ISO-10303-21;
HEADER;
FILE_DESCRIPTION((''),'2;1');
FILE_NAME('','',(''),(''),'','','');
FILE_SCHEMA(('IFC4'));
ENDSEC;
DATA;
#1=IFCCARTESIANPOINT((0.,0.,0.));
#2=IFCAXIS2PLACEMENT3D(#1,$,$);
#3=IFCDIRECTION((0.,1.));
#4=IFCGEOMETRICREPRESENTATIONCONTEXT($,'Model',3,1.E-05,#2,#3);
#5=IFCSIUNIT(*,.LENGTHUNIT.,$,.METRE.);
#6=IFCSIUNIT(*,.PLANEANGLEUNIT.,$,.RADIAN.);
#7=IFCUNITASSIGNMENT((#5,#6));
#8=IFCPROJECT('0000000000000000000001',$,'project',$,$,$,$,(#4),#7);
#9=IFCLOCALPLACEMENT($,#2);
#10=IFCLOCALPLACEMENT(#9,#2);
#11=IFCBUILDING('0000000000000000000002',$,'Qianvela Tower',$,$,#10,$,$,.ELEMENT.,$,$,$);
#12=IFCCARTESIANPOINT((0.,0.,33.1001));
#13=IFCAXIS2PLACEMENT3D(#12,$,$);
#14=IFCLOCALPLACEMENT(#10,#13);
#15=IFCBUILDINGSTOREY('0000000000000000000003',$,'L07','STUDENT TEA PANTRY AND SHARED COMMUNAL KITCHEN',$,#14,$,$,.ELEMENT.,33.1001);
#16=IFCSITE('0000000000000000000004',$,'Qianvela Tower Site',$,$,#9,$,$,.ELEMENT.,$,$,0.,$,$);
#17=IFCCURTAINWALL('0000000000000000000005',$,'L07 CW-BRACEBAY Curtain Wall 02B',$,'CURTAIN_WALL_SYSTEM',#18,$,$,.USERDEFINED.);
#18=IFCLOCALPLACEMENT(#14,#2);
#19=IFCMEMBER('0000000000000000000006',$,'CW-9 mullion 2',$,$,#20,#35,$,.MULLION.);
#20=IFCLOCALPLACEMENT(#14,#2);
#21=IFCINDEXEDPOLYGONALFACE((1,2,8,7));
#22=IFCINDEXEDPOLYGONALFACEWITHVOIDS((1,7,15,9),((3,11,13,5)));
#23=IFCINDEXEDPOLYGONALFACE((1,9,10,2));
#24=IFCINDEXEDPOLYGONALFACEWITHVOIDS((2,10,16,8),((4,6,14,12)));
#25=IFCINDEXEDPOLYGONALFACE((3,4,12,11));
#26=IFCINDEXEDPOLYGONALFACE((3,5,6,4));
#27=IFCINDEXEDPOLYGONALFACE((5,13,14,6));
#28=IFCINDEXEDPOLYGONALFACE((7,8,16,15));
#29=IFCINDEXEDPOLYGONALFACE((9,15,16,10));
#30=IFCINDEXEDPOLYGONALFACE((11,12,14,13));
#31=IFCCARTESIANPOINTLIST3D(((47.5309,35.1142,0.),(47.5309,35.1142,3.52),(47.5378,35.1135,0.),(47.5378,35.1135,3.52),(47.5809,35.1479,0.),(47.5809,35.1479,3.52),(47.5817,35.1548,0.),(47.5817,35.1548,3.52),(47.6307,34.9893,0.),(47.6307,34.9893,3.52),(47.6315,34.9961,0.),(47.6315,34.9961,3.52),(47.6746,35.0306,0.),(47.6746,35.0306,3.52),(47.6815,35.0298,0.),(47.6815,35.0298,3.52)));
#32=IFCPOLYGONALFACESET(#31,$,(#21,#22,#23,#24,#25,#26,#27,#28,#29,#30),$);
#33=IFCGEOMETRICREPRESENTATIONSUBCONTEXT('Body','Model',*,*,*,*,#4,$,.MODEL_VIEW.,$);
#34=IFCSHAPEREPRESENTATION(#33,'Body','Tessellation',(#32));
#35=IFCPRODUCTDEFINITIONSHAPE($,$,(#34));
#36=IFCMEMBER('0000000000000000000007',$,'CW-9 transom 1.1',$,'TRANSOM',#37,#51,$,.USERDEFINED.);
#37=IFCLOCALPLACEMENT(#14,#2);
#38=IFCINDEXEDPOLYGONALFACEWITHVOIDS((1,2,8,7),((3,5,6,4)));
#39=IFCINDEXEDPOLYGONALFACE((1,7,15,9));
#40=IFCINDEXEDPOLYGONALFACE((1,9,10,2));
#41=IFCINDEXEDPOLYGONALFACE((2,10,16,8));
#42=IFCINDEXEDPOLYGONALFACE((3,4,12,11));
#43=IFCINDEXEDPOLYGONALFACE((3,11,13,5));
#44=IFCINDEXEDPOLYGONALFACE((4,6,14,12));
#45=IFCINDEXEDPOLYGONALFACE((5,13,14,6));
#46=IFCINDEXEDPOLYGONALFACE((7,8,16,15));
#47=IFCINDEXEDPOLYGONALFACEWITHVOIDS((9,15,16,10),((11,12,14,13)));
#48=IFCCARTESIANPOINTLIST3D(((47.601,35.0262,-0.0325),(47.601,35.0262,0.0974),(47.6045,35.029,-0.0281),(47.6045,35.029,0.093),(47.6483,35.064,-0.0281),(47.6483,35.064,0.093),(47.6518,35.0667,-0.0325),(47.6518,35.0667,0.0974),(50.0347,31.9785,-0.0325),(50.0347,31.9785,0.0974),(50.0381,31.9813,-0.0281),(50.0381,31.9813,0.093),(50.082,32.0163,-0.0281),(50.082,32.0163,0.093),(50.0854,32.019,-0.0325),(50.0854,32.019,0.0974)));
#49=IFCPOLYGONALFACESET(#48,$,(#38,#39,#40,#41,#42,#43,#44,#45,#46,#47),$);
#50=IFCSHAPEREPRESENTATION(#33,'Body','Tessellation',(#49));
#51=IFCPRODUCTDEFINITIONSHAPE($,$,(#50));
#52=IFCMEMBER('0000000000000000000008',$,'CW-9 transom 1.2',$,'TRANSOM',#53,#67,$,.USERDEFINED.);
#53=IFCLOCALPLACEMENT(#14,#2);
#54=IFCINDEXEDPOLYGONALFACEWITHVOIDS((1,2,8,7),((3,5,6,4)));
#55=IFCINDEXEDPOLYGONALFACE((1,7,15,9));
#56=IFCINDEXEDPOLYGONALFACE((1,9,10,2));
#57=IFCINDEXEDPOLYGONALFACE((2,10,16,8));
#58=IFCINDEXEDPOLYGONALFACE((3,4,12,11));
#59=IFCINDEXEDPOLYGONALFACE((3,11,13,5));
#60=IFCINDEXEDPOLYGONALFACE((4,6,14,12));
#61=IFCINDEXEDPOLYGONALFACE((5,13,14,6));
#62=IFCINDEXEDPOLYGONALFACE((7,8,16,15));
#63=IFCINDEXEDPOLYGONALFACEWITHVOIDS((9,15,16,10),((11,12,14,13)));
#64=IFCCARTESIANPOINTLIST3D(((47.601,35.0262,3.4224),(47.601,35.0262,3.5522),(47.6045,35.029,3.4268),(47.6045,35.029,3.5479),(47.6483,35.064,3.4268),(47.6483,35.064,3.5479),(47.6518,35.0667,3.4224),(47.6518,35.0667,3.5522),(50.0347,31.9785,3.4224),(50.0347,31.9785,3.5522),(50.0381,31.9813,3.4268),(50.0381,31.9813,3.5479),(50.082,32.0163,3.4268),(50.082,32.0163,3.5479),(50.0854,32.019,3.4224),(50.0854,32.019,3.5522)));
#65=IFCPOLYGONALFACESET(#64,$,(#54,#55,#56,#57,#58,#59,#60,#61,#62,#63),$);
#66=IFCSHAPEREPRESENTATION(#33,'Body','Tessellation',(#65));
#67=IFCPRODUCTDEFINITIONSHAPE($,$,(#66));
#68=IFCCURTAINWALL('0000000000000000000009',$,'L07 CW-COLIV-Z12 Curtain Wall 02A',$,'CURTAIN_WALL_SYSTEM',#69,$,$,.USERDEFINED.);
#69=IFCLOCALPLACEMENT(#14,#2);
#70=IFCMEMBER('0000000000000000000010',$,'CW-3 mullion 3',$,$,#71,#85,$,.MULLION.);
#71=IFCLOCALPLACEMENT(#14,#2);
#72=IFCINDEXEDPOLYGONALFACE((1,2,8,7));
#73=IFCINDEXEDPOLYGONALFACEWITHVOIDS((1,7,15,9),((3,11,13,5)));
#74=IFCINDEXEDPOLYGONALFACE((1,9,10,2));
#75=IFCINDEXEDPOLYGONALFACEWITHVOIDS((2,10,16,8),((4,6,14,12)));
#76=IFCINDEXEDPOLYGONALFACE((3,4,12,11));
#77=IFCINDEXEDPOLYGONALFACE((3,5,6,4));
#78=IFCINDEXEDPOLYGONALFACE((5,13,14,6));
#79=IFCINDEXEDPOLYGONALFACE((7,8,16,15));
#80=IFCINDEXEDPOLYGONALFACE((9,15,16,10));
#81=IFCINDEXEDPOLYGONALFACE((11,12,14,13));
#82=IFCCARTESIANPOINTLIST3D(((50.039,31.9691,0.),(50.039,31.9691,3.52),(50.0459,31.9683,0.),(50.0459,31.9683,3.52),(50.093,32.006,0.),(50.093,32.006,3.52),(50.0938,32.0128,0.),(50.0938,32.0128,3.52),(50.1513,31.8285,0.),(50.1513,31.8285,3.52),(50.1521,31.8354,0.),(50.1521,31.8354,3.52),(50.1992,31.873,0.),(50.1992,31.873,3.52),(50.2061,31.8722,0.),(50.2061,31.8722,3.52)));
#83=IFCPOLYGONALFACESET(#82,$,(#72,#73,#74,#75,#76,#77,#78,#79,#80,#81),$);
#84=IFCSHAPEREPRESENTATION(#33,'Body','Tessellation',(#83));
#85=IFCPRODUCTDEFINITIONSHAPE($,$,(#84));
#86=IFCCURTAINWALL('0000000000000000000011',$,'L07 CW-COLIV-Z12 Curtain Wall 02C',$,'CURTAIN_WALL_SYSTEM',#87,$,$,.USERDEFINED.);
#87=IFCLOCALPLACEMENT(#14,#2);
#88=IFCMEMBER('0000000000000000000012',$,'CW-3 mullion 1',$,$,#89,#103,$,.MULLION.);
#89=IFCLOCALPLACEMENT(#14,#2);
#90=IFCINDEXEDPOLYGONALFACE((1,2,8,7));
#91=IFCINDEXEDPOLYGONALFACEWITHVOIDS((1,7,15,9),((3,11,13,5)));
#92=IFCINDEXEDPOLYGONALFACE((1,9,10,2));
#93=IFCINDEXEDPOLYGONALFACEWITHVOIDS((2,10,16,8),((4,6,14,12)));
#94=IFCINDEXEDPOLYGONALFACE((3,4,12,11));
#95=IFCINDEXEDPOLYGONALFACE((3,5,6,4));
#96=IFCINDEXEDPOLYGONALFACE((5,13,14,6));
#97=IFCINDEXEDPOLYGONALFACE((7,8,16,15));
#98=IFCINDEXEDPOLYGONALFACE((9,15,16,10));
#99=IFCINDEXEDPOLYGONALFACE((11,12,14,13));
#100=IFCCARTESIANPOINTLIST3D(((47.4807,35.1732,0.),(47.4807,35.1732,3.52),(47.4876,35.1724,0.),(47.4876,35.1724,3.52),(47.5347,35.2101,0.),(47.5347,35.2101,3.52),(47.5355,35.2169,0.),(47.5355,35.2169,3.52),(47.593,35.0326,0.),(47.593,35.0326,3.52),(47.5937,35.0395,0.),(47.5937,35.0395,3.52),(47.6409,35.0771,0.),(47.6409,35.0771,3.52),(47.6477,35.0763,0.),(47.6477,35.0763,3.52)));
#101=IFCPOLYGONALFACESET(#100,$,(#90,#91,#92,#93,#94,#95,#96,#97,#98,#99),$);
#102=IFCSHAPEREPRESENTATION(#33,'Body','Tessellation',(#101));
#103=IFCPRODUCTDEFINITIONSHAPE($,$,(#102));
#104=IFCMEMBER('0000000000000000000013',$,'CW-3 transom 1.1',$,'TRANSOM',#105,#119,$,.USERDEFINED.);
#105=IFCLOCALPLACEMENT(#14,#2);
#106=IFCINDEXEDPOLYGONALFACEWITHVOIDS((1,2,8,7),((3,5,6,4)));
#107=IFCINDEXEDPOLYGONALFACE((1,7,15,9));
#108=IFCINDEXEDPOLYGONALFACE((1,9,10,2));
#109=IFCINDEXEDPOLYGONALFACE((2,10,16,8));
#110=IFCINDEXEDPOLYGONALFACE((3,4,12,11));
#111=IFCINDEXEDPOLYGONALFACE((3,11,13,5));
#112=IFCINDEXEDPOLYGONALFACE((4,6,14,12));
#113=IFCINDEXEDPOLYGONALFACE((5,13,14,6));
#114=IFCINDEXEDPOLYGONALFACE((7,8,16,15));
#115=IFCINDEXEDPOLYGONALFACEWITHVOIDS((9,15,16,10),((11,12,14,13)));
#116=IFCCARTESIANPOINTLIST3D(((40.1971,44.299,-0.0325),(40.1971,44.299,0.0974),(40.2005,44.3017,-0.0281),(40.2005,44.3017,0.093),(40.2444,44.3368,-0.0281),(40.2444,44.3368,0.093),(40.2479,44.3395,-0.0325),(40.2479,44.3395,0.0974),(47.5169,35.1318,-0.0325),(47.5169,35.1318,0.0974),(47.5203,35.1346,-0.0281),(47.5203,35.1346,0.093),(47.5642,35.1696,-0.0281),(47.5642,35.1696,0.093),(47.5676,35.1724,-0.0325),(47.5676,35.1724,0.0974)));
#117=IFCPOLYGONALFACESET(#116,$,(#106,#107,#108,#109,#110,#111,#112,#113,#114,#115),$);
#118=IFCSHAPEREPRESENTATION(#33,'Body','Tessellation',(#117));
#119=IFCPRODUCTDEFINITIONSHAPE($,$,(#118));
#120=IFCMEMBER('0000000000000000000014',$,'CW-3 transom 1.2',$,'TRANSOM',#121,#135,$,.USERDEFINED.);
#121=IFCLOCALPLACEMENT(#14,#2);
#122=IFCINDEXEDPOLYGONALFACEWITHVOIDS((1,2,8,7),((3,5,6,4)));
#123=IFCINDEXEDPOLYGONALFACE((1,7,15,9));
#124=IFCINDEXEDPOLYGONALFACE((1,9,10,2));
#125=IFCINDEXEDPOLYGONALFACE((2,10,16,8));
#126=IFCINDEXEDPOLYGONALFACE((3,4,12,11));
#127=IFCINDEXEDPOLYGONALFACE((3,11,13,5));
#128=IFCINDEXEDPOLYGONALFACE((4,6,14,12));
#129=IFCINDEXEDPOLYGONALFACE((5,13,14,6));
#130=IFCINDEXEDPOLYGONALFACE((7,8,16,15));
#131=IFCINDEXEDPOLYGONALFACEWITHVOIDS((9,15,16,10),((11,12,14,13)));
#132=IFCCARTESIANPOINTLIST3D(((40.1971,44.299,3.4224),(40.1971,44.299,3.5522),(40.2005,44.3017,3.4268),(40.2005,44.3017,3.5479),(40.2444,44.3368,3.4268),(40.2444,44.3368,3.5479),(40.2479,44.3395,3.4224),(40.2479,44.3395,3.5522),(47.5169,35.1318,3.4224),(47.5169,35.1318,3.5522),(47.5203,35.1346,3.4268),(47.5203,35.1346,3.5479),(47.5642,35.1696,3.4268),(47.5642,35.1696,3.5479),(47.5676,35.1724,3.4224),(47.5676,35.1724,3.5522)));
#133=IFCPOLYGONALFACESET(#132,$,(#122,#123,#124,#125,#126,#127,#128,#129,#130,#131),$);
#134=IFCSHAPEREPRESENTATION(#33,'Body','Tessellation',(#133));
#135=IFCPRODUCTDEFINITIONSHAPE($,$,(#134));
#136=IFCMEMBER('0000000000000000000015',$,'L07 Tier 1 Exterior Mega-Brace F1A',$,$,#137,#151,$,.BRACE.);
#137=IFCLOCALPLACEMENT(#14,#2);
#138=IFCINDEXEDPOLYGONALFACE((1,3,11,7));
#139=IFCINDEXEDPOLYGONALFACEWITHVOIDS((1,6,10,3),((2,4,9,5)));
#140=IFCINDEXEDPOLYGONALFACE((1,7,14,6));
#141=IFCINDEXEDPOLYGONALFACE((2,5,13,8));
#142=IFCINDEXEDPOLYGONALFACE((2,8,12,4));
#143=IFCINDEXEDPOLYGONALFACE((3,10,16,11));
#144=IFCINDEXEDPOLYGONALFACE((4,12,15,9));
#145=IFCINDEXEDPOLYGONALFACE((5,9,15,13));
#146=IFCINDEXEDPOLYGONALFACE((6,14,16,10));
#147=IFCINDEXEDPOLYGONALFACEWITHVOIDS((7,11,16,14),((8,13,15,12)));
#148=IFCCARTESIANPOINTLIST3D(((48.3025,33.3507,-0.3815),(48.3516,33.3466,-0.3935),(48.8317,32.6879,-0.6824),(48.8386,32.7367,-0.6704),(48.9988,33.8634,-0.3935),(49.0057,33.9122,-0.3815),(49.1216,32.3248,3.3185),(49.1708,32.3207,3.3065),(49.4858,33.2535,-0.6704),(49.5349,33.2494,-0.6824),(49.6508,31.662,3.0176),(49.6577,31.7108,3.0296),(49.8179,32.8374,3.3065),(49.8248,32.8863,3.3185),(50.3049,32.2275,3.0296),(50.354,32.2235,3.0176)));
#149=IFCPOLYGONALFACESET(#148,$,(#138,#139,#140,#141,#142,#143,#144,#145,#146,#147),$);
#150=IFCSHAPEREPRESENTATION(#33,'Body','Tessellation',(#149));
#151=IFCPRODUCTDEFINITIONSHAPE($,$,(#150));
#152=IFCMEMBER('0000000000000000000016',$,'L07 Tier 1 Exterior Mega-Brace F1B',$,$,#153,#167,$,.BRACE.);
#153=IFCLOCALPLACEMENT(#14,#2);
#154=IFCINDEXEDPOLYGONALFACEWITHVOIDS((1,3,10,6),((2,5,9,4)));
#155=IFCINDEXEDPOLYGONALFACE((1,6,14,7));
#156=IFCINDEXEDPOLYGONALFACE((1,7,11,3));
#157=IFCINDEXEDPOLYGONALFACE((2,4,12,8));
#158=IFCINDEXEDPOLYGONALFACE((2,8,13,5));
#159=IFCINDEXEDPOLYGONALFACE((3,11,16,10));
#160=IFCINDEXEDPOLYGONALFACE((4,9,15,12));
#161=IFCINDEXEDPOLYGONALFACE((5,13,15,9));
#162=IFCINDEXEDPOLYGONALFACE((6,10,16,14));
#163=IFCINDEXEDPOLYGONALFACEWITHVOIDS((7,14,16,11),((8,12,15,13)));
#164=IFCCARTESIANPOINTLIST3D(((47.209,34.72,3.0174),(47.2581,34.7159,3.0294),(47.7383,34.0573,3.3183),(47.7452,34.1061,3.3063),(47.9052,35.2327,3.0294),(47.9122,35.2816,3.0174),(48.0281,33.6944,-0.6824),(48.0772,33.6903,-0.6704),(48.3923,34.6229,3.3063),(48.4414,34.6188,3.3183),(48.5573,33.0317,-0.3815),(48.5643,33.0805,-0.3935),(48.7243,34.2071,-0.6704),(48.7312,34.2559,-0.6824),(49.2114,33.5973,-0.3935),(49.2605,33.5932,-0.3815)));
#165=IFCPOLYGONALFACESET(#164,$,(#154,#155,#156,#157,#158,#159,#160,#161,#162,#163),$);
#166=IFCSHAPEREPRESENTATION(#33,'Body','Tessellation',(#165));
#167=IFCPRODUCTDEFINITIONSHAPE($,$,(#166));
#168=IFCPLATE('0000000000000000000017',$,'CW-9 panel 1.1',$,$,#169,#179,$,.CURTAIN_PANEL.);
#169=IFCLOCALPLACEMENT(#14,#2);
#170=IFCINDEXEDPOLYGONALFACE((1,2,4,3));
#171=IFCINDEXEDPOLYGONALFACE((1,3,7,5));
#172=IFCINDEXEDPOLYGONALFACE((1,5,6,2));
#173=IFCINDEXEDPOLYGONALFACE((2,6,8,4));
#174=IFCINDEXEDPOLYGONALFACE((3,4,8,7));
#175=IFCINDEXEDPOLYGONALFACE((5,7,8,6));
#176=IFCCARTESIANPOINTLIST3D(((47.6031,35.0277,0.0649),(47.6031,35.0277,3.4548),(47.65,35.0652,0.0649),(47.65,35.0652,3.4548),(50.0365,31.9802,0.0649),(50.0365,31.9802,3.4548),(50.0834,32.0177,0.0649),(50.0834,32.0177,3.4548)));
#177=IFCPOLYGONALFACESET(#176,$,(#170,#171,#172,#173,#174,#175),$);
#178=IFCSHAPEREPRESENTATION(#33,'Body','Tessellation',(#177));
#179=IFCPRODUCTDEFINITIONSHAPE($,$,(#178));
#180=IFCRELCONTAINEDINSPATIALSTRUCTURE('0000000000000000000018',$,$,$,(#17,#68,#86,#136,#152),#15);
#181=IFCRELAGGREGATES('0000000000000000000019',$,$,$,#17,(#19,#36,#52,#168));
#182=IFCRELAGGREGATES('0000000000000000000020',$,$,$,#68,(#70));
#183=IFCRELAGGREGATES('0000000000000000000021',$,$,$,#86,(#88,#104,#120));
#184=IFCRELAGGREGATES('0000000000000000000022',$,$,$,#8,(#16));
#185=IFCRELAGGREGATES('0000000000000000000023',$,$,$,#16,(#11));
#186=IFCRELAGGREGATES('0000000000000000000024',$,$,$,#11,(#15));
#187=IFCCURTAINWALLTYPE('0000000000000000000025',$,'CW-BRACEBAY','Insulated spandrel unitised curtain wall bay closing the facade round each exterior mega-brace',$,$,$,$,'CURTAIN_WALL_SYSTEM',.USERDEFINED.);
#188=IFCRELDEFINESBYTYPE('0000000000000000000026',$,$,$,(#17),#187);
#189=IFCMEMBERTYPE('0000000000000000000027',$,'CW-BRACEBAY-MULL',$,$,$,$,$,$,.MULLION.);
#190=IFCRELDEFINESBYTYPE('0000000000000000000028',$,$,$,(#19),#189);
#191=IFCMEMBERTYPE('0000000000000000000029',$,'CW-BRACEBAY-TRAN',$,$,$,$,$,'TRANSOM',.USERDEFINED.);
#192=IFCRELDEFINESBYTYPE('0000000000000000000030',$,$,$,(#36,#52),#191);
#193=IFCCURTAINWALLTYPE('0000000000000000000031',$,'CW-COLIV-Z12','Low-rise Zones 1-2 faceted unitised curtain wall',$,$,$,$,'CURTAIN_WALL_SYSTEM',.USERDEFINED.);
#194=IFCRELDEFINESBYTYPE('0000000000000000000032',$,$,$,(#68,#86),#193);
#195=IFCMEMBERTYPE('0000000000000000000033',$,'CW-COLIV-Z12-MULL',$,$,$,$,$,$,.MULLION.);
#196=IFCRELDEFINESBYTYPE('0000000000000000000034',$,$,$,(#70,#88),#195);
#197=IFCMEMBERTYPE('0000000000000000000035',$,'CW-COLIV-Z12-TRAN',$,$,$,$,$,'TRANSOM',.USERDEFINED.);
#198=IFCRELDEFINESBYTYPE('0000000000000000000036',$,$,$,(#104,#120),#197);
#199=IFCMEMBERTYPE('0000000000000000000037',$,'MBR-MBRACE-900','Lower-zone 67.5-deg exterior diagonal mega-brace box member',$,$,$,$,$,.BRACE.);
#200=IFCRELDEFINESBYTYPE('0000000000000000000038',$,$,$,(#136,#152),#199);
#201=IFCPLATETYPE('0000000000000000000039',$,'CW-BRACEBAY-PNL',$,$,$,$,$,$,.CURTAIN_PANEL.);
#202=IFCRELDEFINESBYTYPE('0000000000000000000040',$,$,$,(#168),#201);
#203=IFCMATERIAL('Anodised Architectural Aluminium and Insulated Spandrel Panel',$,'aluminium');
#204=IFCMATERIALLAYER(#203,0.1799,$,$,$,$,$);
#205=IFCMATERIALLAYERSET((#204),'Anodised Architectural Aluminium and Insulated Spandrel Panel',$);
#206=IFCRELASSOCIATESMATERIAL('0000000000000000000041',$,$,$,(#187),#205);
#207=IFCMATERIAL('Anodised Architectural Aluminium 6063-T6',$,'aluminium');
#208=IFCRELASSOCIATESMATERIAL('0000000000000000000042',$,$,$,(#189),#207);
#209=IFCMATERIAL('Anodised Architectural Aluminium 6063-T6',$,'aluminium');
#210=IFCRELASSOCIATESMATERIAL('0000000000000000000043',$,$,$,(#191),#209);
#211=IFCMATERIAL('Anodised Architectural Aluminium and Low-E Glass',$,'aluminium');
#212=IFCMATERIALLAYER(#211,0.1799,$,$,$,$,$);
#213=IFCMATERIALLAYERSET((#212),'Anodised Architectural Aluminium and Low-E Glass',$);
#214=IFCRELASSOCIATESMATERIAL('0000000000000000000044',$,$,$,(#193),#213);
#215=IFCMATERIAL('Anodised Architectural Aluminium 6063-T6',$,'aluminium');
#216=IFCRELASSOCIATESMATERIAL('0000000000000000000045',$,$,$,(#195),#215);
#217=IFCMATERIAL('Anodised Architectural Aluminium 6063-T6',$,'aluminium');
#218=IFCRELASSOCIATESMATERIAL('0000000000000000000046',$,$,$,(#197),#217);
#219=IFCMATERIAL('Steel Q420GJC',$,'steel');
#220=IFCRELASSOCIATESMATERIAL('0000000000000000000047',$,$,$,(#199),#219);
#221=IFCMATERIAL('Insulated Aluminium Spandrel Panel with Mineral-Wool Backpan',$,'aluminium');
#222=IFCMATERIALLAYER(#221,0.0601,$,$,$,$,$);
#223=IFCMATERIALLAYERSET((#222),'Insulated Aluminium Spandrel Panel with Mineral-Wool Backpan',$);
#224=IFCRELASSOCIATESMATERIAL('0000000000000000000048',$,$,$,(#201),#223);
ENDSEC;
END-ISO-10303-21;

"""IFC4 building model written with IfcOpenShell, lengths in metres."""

from ifc_helpers import new_model, si_unit, direction, frame, origin, origin_2d, place, context, subcontext, project, spatial, rectangle, hollow_rectangle, extrude, material, layer, layer_set, material_profile, profile_set, type_object, element, aggregate, save


model = new_model("IFC4")

# Units and contexts
model_context = context("Model", 3, precision=1e-05, world=origin(), true_north=direction((0.0, 1.0)))
body_context = subcontext(model_context, "Body", "Model", "MODEL_VIEW")
ifc_project = project(units=[si_unit("LENGTHUNIT", "METRE"), si_unit("PLANEANGLEUNIT", "RADIAN")], contexts=[model_context])

# Site, building, storey
site_placement = place(None, origin())
site = spatial("IfcSite", under=ifc_project, at=site_placement, Name="Qianvela Tower Site", CompositionType="ELEMENT", RefElevation=0.0)
building_placement = place(site_placement, origin())
building = spatial("IfcBuilding", under=site, at=building_placement, Name="Qianvela Tower", CompositionType="ELEMENT")
storey_placement = place(building_placement, frame((0.0, 0.0, 33.1001)))
storey = spatial("IfcBuildingStorey", under=building, at=storey_placement, Name="L07", Description="STUDENT TEA PANTRY AND SHARED COMMUNAL KITCHEN", CompositionType="ELEMENT", Elevation=33.1001)

# Curtain wall, members
ifc_material_1 = material(Name="Anodised Architectural Aluminium and Insulated Spandrel Panel", Category="aluminium")
ifc_layer_1 = layer(ifc_material_1, 0.1799)
ifc_layer_set_1 = layer_set([ifc_layer_1], Name="Anodised Architectural Aluminium and Insulated Spandrel Panel")
curtain_wall_type_1 = type_object("IfcCurtainWallType", Name="CW-BRACEBAY", Description="Insulated spandrel unitised curtain wall bay closing the facade round each exterior mega-brace", ElementType="CURTAIN_WALL_SYSTEM", PredefinedType="USERDEFINED", material=ifc_layer_set_1)
curtain_wall_1_placement = place(storey_placement, origin())
curtain_wall_1 = element("IfcCurtainWall", 1, at=curtain_wall_1_placement, inside=storey, type_object=curtain_wall_type_1, Name="L07 CW-BRACEBAY Curtain Wall 02B", ObjectType="CURTAIN_WALL_SYSTEM", PredefinedType="USERDEFINED")
ifc_material_2 = material(Name="Anodised Architectural Aluminium 6063-T6", Category="aluminium")
ifc_material_profile_1 = material_profile(ifc_material_2, hollow_rectangle(XDim=0.0649, YDim=0.1599, WallThickness=0.0049, at=origin_2d()), Name="ALU-MULL-65x160")
ifc_profile_set_1 = profile_set([ifc_material_profile_1], Name="Anodised Architectural Aluminium 6063-T6")
member_type_1 = type_object("IfcMemberType", Name="CW-BRACEBAY-MULL", PredefinedType="MULLION", material=ifc_profile_set_1)
member_1_placement = place(storey_placement, frame((47.6062, 35.072, 0.0), z_axis=(0.0, 0.0, 1.0), x_axis=(-0.781445, -0.623975, 0.0)))
member_1 = element("IfcMember", 2, at=member_1_placement, type_object=member_type_1, Name="CW-9 mullion 2", PredefinedType="MULLION", context=body_context, shape_type="SweptSolid", body=[
    extrude(hollow_rectangle(XDim=0.0649, YDim=0.1599, WallThickness=0.0049, at=origin_2d()), origin(), (0.0, 0.0, 1.0), 3.52),
])
ifc_material_3 = material(Name="Anodised Architectural Aluminium 6063-T6", Category="aluminium")
ifc_material_profile_2 = material_profile(ifc_material_3, hollow_rectangle(XDim=0.0649, YDim=0.1299, WallThickness=0.0044, at=origin_2d()), Name="ALU-TRAN-65x130")
ifc_profile_set_2 = profile_set([ifc_material_profile_2], Name="Anodised Architectural Aluminium 6063-T6")
member_type_2 = type_object("IfcMemberType", Name="CW-BRACEBAY-TRAN", ElementType="TRANSOM", PredefinedType="USERDEFINED", material=ifc_profile_set_2)
member_2_placement = place(storey_placement, frame((50.0601, 31.9988, 0.0325), z_axis=(-0.623992, 0.78143, 0.0), x_axis=(-0.78143, -0.623992, 0.0)))
member_2 = element("IfcMember", 3, at=member_2_placement, type_object=member_type_2, Name="CW-9 transom 1.1", ObjectType="TRANSOM", PredefinedType="USERDEFINED", context=body_context, shape_type="SweptSolid", body=[
    extrude(hollow_rectangle(XDim=0.0649, YDim=0.1299, WallThickness=0.0044, at=origin_2d()), origin(), (0.0, 0.0, 1.0), 3.9001),
])
member_3_placement = place(storey_placement, frame((50.0601, 31.9988, 3.4873), z_axis=(-0.623992, 0.78143, 0.0), x_axis=(-0.78143, -0.623992, 0.0)))
member_3 = element("IfcMember", 4, at=member_3_placement, type_object=member_type_2, Name="CW-9 transom 1.2", ObjectType="TRANSOM", PredefinedType="USERDEFINED", context=body_context, shape_type="SweptSolid", body=[
    extrude(hollow_rectangle(XDim=0.0649, YDim=0.1299, WallThickness=0.0044, at=origin_2d()), origin(), (0.0, 0.0, 1.0), 3.9001),
])

# Curtain wall, member
ifc_material_4 = material(Name="Anodised Architectural Aluminium and Low-E Glass", Category="aluminium")
ifc_layer_2 = layer(ifc_material_4, 0.1799)
ifc_layer_set_2 = layer_set([ifc_layer_2], Name="Anodised Architectural Aluminium and Low-E Glass")
curtain_wall_type_2 = type_object("IfcCurtainWallType", Name="CW-COLIV-Z12", Description="Low-rise Zones 1-2 faceted unitised curtain wall", ElementType="CURTAIN_WALL_SYSTEM", PredefinedType="USERDEFINED", material=ifc_layer_set_2)
curtain_wall_2_placement = place(storey_placement, origin())
curtain_wall_2 = element("IfcCurtainWall", 5, at=curtain_wall_2_placement, inside=storey, type_object=curtain_wall_type_2, Name="L07 CW-COLIV-Z12 Curtain Wall 02A", ObjectType="CURTAIN_WALL_SYSTEM", PredefinedType="USERDEFINED")
ifc_material_5 = material(Name="Anodised Architectural Aluminium 6063-T6", Category="aluminium")
ifc_material_profile_3 = material_profile(ifc_material_5, hollow_rectangle(XDim=0.0701, YDim=0.1799, WallThickness=0.0049, at=origin_2d()), Name="ALU-MULL-70x180")
ifc_profile_set_3 = profile_set([ifc_material_profile_3], Name="Anodised Architectural Aluminium 6063-T6")
member_type_3 = type_object("IfcMemberType", Name="CW-COLIV-Z12-MULL", PredefinedType="MULLION", material=ifc_profile_set_3)
member_4_placement = place(storey_placement, frame((50.1226, 31.9207, 0.0), z_axis=(0.0, 0.0, 1.0), x_axis=(-0.781442, -0.623978, 0.0)))
member_4 = element("IfcMember", 6, at=member_4_placement, type_object=member_type_3, Name="CW-3 mullion 3", PredefinedType="MULLION", context=body_context, shape_type="SweptSolid", body=[
    extrude(hollow_rectangle(XDim=0.0701, YDim=0.1799, WallThickness=0.0049, at=origin_2d()), origin(), (0.0, 0.0, 1.0), 3.52),
])

# Curtain wall, members
curtain_wall_3_placement = place(storey_placement, origin())
curtain_wall_3 = element("IfcCurtainWall", 7, at=curtain_wall_3_placement, inside=storey, type_object=curtain_wall_type_2, Name="L07 CW-COLIV-Z12 Curtain Wall 02C", ObjectType="CURTAIN_WALL_SYSTEM", PredefinedType="USERDEFINED")
member_5_placement = place(storey_placement, frame((47.5642, 35.1248, 0.0), z_axis=(0.0, 0.0, 1.0), x_axis=(-0.781446, -0.623973, 0.0)))
member_5 = element("IfcMember", 8, at=member_5_placement, type_object=member_type_3, Name="CW-3 mullion 1", PredefinedType="MULLION", context=body_context, shape_type="SweptSolid", body=[
    extrude(hollow_rectangle(XDim=0.0701, YDim=0.1799, WallThickness=0.0049, at=origin_2d()), origin(), (0.0, 0.0, 1.0), 3.52),
])
ifc_material_6 = material(Name="Anodised Architectural Aluminium 6063-T6", Category="aluminium")
ifc_material_profile_4 = material_profile(ifc_material_6, hollow_rectangle(XDim=0.0649, YDim=0.1299, WallThickness=0.0044, at=origin_2d()), Name="ALU-TRAN-65x130")
ifc_profile_set_4 = profile_set([ifc_material_profile_4], Name="Anodised Architectural Aluminium 6063-T6")
member_type_4 = type_object("IfcMemberType", Name="CW-COLIV-Z12-TRAN", ElementType="TRANSOM", PredefinedType="USERDEFINED", material=ifc_profile_set_4)
member_6_placement = place(storey_placement, frame((47.5422, 35.1521, 0.0325), z_axis=(-0.623969, 0.781449, 0.0), x_axis=(-0.781449, -0.623969, 0.0)))
member_6 = element("IfcMember", 9, at=member_6_placement, type_object=member_type_4, Name="CW-3 transom 1.1", ObjectType="TRANSOM", PredefinedType="USERDEFINED", context=body_context, shape_type="SweptSolid", body=[
    extrude(hollow_rectangle(XDim=0.0649, YDim=0.1299, WallThickness=0.0044, at=origin_2d()), origin(), (0.0, 0.0, 1.0), 11.731),
])
member_7_placement = place(storey_placement, frame((47.5422, 35.1521, 3.4873), z_axis=(-0.623969, 0.781449, 0.0), x_axis=(-0.781449, -0.623969, 0.0)))
member_7 = element("IfcMember", 10, at=member_7_placement, type_object=member_type_4, Name="CW-3 transom 1.2", ObjectType="TRANSOM", PredefinedType="USERDEFINED", context=body_context, shape_type="SweptSolid", body=[
    extrude(hollow_rectangle(XDim=0.0649, YDim=0.1299, WallThickness=0.0044, at=origin_2d()), origin(), (0.0, 0.0, 1.0), 11.731),
])

# Members
ifc_material_7 = material(Name="Steel Q420GJC", Category="steel")
ifc_material_profile_5 = material_profile(ifc_material_7, hollow_rectangle(XDim=0.8999, YDim=0.8999, WallThickness=0.0359, at=origin_2d()), Name="MBOX-900x900x36")
ifc_profile_set_5 = profile_set([ifc_material_profile_5], Name="Steel Q420GJC")
member_type_5 = type_object("IfcMemberType", Name="MBR-MBRACE-900", Description="Lower-zone 67.5-deg exterior diagonal mega-brace box member", PredefinedType="BRACE", material=ifc_profile_set_5)
member_8_placement = place(storey_placement, frame((48.9187, 33.3, -0.532), z_axis=(0.208636, -0.261308, 0.942438), x_axis=(0.781467, 0.623946, 0.0)))
element("IfcMember", 11, at=member_8_placement, inside=storey, type_object=member_type_5, Name="L07 Tier 1 Exterior Mega-Brace F1A", PredefinedType="BRACE", context=body_context, shape_type="SweptSolid", body=[
    extrude(hollow_rectangle(XDim=0.8999, YDim=0.8999, WallThickness=0.0359, at=origin_2d()), origin(), (0.0, 0.0, 1.0), 3.926),
])
member_9_placement = place(storey_placement, frame((48.6443, 33.6438, -0.532), z_axis=(-0.208639, 0.26125, 0.942453), x_axis=(-0.781395, -0.624037, 0.0)))
element("IfcMember", 12, at=member_9_placement, inside=storey, type_object=member_type_5, Name="L07 Tier 1 Exterior Mega-Brace F1B", PredefinedType="BRACE", context=body_context, shape_type="SweptSolid", body=[
    extrude(hollow_rectangle(XDim=0.8999, YDim=0.8999, WallThickness=0.0359, at=origin_2d()), origin(), (0.0, 0.0, 1.0), 3.9258),
])

# Plate
ifc_material_8 = material(Name="Insulated Aluminium Spandrel Panel with Mineral-Wool Backpan", Category="aluminium")
ifc_layer_3 = layer(ifc_material_8, 0.0601)
ifc_layer_set_3 = layer_set([ifc_layer_3], Name="Insulated Aluminium Spandrel Panel with Mineral-Wool Backpan")
plate_type_1 = type_object("IfcPlateType", Name="CW-BRACEBAY-PNL", PredefinedType="CURTAIN_PANEL", material=ifc_layer_set_3)
plate_1_placement = place(storey_placement, frame((48.8433, 33.5227, 0.0649), z_axis=(0.0, 0.0, 1.0), x_axis=(-0.623975, 0.781445, 0.0)))
plate_1 = element("IfcPlate", 13, at=plate_1_placement, type_object=plate_type_1, Name="CW-9 panel 1.1", PredefinedType="CURTAIN_PANEL", context=body_context, shape_type="SweptSolid", body=[
    extrude(rectangle(XDim=3.8999, YDim=0.0601, at=origin_2d()), origin(), (0.0, 0.0, 1.0), 3.3899),
])
aggregate(curtain_wall_1, [member_1, member_2, member_3, plate_1])
aggregate(curtain_wall_2, [member_4])
aggregate(curtain_wall_3, [member_5, member_6, member_7])

save(model, "model.ifc")
